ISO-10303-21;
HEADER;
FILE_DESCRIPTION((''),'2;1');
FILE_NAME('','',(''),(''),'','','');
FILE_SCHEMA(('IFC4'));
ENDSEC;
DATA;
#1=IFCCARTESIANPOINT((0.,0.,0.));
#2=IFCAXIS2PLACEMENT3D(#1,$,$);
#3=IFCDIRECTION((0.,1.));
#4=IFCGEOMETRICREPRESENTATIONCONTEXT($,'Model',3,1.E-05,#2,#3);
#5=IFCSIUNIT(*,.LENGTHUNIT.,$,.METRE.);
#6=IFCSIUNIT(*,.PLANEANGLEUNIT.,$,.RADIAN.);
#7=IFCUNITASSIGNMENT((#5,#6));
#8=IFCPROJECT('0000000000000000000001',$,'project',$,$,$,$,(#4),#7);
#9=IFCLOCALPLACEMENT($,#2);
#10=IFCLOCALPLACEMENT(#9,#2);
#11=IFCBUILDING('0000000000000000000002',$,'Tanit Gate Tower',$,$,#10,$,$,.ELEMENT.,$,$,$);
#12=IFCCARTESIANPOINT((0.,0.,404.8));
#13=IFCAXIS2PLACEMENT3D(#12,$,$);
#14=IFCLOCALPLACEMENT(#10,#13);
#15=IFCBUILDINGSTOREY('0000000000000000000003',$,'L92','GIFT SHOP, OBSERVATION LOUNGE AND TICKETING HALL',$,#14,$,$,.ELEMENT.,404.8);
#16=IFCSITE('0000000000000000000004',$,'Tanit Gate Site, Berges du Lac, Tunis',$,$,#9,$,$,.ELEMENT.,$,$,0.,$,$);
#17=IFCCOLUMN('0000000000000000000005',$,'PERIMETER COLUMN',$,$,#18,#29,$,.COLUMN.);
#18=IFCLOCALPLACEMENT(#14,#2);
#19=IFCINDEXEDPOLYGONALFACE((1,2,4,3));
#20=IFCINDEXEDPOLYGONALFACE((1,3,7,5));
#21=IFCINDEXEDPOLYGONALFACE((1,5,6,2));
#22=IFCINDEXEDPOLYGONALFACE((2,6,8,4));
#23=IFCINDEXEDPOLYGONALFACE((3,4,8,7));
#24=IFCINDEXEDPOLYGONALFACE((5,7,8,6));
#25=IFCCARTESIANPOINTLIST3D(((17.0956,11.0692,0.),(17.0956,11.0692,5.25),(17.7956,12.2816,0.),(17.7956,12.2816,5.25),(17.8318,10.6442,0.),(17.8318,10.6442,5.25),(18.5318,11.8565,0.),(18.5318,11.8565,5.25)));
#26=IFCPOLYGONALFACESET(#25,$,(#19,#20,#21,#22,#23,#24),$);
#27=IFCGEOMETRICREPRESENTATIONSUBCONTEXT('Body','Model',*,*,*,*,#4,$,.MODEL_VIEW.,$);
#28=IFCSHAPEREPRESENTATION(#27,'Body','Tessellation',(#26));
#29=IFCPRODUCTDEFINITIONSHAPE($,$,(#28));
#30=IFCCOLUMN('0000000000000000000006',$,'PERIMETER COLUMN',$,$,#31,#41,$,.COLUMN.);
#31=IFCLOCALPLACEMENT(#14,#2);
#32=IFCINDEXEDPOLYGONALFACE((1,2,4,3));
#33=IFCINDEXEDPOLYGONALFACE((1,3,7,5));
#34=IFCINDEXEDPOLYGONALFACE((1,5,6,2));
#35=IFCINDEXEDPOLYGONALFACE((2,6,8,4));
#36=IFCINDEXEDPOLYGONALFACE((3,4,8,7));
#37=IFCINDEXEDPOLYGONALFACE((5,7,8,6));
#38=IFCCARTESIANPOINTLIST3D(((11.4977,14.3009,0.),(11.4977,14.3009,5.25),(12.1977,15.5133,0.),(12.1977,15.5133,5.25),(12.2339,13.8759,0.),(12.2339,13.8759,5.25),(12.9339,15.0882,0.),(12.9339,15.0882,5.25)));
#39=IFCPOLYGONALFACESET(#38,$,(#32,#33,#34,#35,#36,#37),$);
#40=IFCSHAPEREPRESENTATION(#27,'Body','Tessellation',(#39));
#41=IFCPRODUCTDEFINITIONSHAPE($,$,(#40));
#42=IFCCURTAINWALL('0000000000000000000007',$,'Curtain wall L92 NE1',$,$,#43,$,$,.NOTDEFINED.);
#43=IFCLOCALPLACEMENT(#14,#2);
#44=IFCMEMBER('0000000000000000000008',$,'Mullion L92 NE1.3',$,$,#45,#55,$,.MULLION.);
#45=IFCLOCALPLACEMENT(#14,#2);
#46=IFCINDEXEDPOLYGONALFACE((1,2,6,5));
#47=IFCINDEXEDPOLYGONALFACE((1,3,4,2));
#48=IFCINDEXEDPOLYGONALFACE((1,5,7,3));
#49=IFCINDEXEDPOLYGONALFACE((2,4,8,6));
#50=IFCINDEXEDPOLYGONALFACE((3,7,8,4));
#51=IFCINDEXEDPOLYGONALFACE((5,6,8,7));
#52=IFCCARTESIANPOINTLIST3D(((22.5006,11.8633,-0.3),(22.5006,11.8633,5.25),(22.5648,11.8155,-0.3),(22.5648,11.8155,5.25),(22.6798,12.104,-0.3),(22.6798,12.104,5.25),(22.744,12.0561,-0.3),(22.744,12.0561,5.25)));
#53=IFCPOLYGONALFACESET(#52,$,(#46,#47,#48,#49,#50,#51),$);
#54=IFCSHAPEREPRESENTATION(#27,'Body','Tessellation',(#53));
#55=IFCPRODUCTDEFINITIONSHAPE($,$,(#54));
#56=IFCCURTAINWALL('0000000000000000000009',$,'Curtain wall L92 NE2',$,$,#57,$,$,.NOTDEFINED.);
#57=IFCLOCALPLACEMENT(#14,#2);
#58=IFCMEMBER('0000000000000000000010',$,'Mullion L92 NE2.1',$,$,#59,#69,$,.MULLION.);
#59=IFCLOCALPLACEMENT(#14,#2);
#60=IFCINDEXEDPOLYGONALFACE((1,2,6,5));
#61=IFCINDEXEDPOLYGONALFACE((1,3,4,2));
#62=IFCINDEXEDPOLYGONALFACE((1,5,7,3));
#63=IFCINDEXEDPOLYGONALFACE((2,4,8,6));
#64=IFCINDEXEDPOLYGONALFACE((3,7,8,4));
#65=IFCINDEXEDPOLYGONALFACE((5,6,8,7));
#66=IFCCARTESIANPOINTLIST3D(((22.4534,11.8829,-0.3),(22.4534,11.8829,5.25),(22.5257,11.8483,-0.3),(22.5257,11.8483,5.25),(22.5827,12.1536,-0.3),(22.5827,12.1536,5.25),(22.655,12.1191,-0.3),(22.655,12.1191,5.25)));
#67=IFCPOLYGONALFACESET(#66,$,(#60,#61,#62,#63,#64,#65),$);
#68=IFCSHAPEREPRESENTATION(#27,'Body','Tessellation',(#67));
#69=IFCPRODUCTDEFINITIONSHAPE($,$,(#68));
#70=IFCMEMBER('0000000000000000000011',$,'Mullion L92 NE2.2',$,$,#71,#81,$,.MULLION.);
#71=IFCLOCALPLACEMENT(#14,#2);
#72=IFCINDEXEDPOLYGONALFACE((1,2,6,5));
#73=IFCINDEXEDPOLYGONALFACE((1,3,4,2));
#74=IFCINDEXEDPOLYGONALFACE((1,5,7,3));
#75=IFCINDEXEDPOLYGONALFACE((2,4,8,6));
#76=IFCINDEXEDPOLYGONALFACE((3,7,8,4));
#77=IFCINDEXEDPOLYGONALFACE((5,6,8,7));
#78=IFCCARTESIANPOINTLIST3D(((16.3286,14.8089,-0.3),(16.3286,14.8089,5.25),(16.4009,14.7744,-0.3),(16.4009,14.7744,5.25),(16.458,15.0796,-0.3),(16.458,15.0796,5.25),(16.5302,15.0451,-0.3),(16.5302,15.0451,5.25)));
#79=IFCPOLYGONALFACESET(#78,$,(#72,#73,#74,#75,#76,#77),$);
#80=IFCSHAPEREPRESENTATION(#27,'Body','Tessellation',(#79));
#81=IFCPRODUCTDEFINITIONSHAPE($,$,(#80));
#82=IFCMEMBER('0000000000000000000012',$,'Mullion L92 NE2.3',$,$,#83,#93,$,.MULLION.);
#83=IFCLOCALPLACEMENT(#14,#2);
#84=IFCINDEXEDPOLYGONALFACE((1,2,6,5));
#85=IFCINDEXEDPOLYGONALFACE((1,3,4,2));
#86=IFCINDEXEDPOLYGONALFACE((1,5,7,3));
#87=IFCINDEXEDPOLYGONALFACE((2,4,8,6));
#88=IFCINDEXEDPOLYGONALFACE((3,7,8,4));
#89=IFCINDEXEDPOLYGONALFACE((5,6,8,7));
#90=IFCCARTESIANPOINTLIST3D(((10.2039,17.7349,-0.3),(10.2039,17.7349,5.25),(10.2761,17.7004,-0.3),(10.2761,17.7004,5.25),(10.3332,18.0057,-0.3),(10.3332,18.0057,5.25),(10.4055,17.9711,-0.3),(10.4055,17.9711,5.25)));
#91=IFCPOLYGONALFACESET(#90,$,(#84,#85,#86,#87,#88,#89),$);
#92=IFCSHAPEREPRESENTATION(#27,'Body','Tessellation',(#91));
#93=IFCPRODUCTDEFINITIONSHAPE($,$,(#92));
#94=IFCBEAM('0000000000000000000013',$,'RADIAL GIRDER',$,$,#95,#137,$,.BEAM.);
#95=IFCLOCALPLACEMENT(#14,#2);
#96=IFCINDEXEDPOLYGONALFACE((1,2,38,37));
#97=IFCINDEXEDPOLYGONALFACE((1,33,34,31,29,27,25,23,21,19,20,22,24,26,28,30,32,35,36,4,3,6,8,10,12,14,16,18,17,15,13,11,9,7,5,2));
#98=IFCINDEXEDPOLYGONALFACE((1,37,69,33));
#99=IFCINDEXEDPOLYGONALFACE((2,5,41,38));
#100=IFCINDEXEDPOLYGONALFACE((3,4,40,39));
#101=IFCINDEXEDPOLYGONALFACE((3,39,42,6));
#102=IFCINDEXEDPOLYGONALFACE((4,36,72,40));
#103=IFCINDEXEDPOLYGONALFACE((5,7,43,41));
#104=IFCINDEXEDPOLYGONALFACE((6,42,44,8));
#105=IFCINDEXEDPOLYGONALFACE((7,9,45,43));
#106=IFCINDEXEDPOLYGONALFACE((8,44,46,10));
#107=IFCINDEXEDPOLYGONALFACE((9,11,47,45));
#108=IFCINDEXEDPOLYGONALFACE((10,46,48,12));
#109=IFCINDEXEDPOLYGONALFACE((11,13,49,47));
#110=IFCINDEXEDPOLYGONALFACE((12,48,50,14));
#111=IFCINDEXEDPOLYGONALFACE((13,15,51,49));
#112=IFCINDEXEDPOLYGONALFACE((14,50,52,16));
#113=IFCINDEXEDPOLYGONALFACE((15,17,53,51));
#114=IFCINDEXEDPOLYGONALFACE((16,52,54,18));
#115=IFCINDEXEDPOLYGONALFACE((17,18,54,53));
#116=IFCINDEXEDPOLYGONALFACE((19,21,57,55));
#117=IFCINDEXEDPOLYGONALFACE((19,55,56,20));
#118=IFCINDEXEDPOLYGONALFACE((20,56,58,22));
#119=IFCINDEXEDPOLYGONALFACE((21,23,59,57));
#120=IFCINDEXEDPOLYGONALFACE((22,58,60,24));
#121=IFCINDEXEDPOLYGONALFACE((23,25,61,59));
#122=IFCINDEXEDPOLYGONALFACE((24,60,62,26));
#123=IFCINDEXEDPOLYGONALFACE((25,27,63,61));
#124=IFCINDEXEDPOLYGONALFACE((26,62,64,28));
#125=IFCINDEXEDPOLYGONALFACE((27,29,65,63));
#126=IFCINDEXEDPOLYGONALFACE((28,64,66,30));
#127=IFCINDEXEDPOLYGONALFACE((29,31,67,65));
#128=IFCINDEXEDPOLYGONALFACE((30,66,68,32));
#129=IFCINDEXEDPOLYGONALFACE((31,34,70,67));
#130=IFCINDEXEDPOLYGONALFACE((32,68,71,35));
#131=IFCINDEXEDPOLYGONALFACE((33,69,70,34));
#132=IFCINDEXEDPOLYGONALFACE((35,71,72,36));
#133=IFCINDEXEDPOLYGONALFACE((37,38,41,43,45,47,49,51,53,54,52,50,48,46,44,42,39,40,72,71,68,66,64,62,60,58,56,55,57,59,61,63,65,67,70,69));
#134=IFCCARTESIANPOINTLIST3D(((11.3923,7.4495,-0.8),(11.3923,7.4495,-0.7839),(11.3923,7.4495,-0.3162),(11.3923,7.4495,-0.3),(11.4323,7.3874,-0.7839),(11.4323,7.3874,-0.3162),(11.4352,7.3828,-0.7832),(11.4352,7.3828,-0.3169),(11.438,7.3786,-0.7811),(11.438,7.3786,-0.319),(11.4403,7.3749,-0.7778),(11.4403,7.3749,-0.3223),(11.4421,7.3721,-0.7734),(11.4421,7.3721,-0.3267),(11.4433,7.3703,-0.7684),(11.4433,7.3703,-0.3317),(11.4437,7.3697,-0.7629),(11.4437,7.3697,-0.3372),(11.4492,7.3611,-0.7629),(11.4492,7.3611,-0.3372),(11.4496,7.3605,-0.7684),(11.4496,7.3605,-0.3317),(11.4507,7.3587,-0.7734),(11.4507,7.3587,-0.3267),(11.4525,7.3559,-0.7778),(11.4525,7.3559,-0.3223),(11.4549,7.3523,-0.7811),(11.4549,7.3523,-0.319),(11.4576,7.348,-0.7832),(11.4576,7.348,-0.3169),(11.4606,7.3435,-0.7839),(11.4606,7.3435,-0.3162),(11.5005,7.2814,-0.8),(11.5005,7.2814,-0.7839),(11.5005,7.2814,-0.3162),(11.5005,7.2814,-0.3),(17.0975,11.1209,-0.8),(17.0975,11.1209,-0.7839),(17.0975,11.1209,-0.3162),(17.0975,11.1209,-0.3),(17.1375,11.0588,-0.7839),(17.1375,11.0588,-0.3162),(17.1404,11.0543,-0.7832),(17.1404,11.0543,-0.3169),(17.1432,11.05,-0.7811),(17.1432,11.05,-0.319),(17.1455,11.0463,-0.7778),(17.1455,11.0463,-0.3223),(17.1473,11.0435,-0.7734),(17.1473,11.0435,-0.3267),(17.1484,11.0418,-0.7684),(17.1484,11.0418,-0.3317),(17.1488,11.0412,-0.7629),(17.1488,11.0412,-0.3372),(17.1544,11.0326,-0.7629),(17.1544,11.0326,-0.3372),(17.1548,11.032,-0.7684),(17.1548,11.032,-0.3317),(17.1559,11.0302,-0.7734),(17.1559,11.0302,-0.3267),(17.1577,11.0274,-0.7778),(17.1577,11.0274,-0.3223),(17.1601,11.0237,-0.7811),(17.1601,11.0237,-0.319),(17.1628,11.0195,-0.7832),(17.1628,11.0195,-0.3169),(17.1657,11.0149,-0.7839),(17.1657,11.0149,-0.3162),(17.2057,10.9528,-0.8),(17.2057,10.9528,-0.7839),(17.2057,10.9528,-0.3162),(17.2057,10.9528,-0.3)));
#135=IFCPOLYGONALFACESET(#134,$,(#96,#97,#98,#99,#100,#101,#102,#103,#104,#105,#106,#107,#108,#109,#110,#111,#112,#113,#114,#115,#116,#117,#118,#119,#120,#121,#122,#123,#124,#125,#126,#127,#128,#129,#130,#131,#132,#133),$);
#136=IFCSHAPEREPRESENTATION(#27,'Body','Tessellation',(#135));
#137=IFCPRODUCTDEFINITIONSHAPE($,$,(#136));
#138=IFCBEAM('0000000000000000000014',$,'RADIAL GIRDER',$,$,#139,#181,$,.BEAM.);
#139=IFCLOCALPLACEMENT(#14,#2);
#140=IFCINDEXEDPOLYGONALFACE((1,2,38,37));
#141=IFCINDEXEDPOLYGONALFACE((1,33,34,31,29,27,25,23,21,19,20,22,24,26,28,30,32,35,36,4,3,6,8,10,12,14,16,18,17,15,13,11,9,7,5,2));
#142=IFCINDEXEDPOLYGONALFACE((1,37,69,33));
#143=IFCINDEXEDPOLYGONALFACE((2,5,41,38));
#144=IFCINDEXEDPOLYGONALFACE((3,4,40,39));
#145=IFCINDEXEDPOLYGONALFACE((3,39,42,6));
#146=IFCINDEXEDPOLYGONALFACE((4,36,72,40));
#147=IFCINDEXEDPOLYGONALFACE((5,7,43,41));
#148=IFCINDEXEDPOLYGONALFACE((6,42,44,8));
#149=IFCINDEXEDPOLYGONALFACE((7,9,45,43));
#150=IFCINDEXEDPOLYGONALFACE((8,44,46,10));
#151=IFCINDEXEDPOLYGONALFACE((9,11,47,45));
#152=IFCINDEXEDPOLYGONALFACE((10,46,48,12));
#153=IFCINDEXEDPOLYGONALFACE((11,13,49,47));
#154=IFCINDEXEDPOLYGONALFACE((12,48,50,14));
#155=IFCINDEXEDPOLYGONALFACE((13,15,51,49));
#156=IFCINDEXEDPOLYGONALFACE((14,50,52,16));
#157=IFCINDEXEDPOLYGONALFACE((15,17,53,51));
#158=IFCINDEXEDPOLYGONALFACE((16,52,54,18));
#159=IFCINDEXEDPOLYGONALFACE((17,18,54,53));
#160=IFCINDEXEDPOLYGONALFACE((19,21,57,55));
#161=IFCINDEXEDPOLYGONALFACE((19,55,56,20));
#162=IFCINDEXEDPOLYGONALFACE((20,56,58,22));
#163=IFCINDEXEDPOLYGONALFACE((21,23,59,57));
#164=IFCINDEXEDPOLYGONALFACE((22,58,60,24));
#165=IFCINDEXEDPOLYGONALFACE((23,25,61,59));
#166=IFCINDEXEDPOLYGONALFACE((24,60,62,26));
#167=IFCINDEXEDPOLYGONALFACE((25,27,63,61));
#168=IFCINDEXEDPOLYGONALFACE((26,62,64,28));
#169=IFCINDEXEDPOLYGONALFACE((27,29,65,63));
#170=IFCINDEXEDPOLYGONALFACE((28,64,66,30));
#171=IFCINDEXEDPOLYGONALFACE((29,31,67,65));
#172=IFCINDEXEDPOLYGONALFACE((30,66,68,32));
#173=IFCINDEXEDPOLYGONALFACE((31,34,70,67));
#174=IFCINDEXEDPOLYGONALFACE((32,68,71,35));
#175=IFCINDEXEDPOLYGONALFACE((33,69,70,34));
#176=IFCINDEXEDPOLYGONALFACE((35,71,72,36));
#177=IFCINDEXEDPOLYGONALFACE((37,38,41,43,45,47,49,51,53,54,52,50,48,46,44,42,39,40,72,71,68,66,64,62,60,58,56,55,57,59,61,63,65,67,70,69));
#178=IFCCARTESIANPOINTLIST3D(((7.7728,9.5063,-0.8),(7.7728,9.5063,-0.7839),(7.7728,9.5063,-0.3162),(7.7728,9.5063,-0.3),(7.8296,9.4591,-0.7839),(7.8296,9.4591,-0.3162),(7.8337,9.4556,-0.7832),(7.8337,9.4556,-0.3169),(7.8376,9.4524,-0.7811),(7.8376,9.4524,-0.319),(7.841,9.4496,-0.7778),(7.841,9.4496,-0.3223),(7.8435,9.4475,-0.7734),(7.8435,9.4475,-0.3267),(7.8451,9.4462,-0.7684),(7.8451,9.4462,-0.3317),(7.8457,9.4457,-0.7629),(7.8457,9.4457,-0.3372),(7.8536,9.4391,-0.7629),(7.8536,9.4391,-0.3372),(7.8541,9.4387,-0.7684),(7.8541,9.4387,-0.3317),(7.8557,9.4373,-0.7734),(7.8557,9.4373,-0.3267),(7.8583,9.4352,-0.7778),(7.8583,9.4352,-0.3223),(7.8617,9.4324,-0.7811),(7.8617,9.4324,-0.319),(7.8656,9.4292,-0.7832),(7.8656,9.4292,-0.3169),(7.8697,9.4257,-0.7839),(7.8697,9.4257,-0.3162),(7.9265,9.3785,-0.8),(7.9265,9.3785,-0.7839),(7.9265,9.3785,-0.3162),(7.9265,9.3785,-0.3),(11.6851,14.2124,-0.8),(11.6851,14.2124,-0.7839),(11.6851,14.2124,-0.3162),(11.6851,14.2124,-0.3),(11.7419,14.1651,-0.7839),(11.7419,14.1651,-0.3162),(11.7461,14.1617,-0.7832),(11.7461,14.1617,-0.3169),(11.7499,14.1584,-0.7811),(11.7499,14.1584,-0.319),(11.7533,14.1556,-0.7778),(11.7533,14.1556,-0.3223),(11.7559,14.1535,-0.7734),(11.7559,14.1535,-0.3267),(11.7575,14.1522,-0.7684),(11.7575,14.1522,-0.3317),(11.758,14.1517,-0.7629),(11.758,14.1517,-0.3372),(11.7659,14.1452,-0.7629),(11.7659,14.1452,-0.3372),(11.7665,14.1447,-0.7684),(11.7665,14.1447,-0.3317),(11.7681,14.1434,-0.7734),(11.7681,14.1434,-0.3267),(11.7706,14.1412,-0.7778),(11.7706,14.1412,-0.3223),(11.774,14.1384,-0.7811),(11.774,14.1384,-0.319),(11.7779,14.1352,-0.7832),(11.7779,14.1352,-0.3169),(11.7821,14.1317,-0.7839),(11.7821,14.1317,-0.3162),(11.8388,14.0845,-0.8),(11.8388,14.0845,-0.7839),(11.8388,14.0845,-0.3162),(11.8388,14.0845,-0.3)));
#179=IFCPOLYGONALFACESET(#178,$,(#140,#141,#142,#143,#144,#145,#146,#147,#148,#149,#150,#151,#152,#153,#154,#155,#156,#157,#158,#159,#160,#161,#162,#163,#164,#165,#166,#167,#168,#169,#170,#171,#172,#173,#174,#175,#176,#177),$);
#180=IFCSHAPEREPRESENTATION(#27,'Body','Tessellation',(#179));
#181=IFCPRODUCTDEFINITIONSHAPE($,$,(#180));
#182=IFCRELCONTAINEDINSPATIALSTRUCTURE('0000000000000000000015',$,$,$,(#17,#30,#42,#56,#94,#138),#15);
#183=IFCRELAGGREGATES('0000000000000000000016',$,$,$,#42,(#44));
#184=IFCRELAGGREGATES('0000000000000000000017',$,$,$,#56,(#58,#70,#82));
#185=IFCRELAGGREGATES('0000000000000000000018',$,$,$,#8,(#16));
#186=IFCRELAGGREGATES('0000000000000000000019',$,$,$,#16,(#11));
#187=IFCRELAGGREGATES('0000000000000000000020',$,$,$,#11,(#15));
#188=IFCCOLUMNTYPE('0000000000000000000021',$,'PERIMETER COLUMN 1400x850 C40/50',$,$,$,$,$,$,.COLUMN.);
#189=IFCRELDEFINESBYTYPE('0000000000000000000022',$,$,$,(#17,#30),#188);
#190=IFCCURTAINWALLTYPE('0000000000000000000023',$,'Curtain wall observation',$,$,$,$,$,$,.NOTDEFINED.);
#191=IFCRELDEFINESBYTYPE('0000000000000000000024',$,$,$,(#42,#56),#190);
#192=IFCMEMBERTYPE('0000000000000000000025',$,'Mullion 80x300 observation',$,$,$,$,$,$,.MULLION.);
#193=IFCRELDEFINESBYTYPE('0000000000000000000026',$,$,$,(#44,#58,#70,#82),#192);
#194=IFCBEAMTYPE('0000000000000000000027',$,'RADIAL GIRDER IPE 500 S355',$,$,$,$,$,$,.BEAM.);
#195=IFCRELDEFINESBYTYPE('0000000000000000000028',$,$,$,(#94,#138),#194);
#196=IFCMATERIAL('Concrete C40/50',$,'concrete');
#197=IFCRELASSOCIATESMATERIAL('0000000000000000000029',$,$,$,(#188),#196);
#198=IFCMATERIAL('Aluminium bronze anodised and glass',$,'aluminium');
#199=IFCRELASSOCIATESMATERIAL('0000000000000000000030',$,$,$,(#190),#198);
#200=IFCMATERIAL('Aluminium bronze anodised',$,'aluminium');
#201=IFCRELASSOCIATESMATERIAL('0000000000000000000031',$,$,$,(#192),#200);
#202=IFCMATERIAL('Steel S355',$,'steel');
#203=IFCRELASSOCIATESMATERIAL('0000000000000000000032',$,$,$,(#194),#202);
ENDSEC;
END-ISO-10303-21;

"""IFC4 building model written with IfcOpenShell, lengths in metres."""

from ifc_helpers import new_model, si_unit, direction, frame, origin, origin_2d, place, context, subcontext, project, spatial, rectangle, i_section, extrude, material, material_profile, profile_set, type_object, element, aggregate, save


model = new_model("IFC4")

# Units and contexts
model_context = context("Model", 3, precision=1e-05, world=origin(), true_north=direction((0.0, 1.0)))
body_context = subcontext(model_context, "Body", "Model", "MODEL_VIEW")
ifc_project = project(units=[si_unit("LENGTHUNIT", "METRE"), si_unit("PLANEANGLEUNIT", "RADIAN")], contexts=[model_context])

# Site, building, storey
site_placement = place(None, origin())
site = spatial("IfcSite", under=ifc_project, at=site_placement, Name="Tanit Gate Site, Berges du Lac, Tunis", CompositionType="ELEMENT", RefElevation=0.0)
building_placement = place(site_placement, origin())
building = spatial("IfcBuilding", under=site, at=building_placement, Name="Tanit Gate Tower", CompositionType="ELEMENT")
storey_placement = place(building_placement, frame((0.0, 0.0, 404.8)))
storey = spatial("IfcBuildingStorey", under=building, at=storey_placement, Name="L92", Description="GIFT SHOP, OBSERVATION LOUNGE AND TICKETING HALL", CompositionType="ELEMENT", Elevation=404.8)

# Columns
ifc_material_1 = material(Name="Concrete C40/50", Category="concrete")
ifc_material_profile_1 = material_profile(ifc_material_1, rectangle(XDim=1.3999, YDim=0.8501, at=origin_2d()), Name="RC 1400x850")
ifc_profile_set_1 = profile_set([ifc_material_profile_1], Name="Concrete C40/50")
column_type = type_object("IfcColumnType", Name="PERIMETER COLUMN 1400x850 C40/50", PredefinedType="COLUMN", material=ifc_profile_set_1)
for number, where, z_axis, x_axis, name in (
    (1, (17.8137, 11.4629, 0.0), (0.0, 0.0, 1.0), (0.5, 0.866025, 0.0), "PERIMETER COLUMN"),
    (2, (12.2158, 14.6946, 0.0), (0.0, 0.0, 1.0), (0.5, 0.866025, 0.0), "PERIMETER COLUMN"),
):
    element("IfcColumn", number, at=place(storey_placement, frame(where, z_axis=z_axis, x_axis=x_axis)), inside=storey, type_object=column_type, Name=name, PredefinedType="COLUMN", context=body_context, shape_type="SweptSolid", body=[
        extrude(rectangle(XDim=1.3999, YDim=0.8501, at=origin_2d()), origin(), (0.0, 0.0, 1.0), 5.25),
    ])

# Curtain wall, member
ifc_material_2 = material(Name="Aluminium bronze anodised and glass", Category="aluminium")
curtain_wall_type = type_object("IfcCurtainWallType", Name="Curtain wall observation", PredefinedType="NOTDEFINED", material=ifc_material_2)
curtain_wall_1_placement = place(storey_placement, origin())
curtain_wall_1 = element("IfcCurtainWall", 3, at=curtain_wall_1_placement, inside=storey, type_object=curtain_wall_type, Name="Curtain wall L92 NE1", PredefinedType="NOTDEFINED")
ifc_material_3 = material(Name="Aluminium bronze anodised", Category="aluminium")
ifc_material_profile_2 = material_profile(ifc_material_3, rectangle(XDim=0.3, YDim=0.0801, at=origin_2d()), Name="80x300 bronze mullion")
ifc_profile_set_2 = profile_set([ifc_material_profile_2], Name="Aluminium bronze anodised")
member_type_1 = type_object("IfcMemberType", Name="Mullion 80x300 observation", PredefinedType="MULLION", material=ifc_profile_set_2)
member_1_placement = place(storey_placement, frame((22.6223, 11.9597, -0.3), z_axis=(0.0, 0.0, 1.0), x_axis=(-0.597341, -0.801988, 0.0)))
member_1 = element("IfcMember", 4, at=member_1_placement, type_object=member_type_1, Name="Mullion L92 NE1.3", PredefinedType="MULLION", context=body_context, shape_type="SweptSolid", body=[
    extrude(rectangle(XDim=0.3, YDim=0.0801, at=origin_2d()), origin(), (0.0, 0.0, 1.0), 5.55),
])
aggregate(curtain_wall_1, [member_1])

# Curtain wall, members
curtain_wall_2_placement = place(storey_placement, origin())
curtain_wall_2 = element("IfcCurtainWall", 5, at=curtain_wall_2_placement, inside=storey, type_object=curtain_wall_type, Name="Curtain wall L92 NE2", PredefinedType="NOTDEFINED")
member_2_placement = place(storey_placement, frame((22.5542, 12.001, -0.3), z_axis=(0.0, 0.0, 1.0), x_axis=(-0.431073, -0.902317, 0.0)))
member_2 = element("IfcMember", 6, at=member_2_placement, type_object=member_type_1, Name="Mullion L92 NE2.1", PredefinedType="MULLION", context=body_context, shape_type="SweptSolid", body=[
    extrude(rectangle(XDim=0.3, YDim=0.0801, at=origin_2d()), origin(), (0.0, 0.0, 1.0), 5.55),
])
member_3_placement = place(storey_placement, frame((16.4294, 14.927, -0.3), z_axis=(0.0, 0.0, 1.0), x_axis=(-0.431073, -0.902317, 0.0)))
member_3 = element("IfcMember", 7, at=member_3_placement, type_object=member_type_1, Name="Mullion L92 NE2.2", PredefinedType="MULLION", context=body_context, shape_type="SweptSolid", body=[
    extrude(rectangle(XDim=0.3, YDim=0.0801, at=origin_2d()), origin(), (0.0, 0.0, 1.0), 5.55),
])
member_4_placement = place(storey_placement, frame((10.3047, 17.853, -0.3), z_axis=(0.0, 0.0, 1.0), x_axis=(-0.431073, -0.902317, 0.0)))
member_4 = element("IfcMember", 8, at=member_4_placement, type_object=member_type_1, Name="Mullion L92 NE2.3", PredefinedType="MULLION", context=body_context, shape_type="SweptSolid", body=[
    extrude(rectangle(XDim=0.3, YDim=0.0801, at=origin_2d()), origin(), (0.0, 0.0, 1.0), 5.55),
])

# Beams
ifc_material_4 = material(Name="Steel S355", Category="steel")
ifc_material_profile_3 = material_profile(ifc_material_4, i_section(OverallWidth=0.2, OverallDepth=0.5, WebThickness=0.0103, FlangeThickness=0.0161, FilletRadius=0.021, at=origin_2d()), Name="IPE 500")
ifc_profile_set_3 = profile_set([ifc_material_profile_3], Name="Steel S355")
beam_type_1 = type_object("IfcBeamType", Name="RADIAL GIRDER IPE 500 S355", PredefinedType="BEAM", material=ifc_profile_set_3)
beam_1_placement = place(storey_placement, frame((17.1516, 11.0369, -0.55), z_axis=(-0.840921, -0.541158, 0.0), x_axis=(0.541158, -0.840921, 0.0)))
element("IfcBeam", 9, at=beam_1_placement, inside=storey, type_object=beam_type_1, Name="RADIAL GIRDER", PredefinedType="BEAM", context=body_context, shape_type="SweptSolid", body=[
    extrude(i_section(OverallWidth=0.2, OverallDepth=0.5, WebThickness=0.0103, FlangeThickness=0.0161, FilletRadius=0.021, at=origin_2d()), origin(), (0.0, 0.0, 1.0), 6.7844),
])
beam_2_placement = place(storey_placement, frame((11.762, 14.1484, -0.55), z_axis=(-0.639281, -0.768973, 0.0), x_axis=(0.768973, -0.639281, 0.0)))
element("IfcBeam", 10, at=beam_2_placement, inside=storey, type_object=beam_type_1, Name="RADIAL GIRDER", PredefinedType="BEAM", context=body_context, shape_type="SweptSolid", body=[
    extrude(i_section(OverallWidth=0.2, OverallDepth=0.5, WebThickness=0.0103, FlangeThickness=0.0161, FilletRadius=0.021, at=origin_2d()), origin(), (0.0, 0.0, 1.0), 6.1199),
])

aggregate(curtain_wall_2, [member_2, member_3, member_4])

save(model, "model.ifc")
